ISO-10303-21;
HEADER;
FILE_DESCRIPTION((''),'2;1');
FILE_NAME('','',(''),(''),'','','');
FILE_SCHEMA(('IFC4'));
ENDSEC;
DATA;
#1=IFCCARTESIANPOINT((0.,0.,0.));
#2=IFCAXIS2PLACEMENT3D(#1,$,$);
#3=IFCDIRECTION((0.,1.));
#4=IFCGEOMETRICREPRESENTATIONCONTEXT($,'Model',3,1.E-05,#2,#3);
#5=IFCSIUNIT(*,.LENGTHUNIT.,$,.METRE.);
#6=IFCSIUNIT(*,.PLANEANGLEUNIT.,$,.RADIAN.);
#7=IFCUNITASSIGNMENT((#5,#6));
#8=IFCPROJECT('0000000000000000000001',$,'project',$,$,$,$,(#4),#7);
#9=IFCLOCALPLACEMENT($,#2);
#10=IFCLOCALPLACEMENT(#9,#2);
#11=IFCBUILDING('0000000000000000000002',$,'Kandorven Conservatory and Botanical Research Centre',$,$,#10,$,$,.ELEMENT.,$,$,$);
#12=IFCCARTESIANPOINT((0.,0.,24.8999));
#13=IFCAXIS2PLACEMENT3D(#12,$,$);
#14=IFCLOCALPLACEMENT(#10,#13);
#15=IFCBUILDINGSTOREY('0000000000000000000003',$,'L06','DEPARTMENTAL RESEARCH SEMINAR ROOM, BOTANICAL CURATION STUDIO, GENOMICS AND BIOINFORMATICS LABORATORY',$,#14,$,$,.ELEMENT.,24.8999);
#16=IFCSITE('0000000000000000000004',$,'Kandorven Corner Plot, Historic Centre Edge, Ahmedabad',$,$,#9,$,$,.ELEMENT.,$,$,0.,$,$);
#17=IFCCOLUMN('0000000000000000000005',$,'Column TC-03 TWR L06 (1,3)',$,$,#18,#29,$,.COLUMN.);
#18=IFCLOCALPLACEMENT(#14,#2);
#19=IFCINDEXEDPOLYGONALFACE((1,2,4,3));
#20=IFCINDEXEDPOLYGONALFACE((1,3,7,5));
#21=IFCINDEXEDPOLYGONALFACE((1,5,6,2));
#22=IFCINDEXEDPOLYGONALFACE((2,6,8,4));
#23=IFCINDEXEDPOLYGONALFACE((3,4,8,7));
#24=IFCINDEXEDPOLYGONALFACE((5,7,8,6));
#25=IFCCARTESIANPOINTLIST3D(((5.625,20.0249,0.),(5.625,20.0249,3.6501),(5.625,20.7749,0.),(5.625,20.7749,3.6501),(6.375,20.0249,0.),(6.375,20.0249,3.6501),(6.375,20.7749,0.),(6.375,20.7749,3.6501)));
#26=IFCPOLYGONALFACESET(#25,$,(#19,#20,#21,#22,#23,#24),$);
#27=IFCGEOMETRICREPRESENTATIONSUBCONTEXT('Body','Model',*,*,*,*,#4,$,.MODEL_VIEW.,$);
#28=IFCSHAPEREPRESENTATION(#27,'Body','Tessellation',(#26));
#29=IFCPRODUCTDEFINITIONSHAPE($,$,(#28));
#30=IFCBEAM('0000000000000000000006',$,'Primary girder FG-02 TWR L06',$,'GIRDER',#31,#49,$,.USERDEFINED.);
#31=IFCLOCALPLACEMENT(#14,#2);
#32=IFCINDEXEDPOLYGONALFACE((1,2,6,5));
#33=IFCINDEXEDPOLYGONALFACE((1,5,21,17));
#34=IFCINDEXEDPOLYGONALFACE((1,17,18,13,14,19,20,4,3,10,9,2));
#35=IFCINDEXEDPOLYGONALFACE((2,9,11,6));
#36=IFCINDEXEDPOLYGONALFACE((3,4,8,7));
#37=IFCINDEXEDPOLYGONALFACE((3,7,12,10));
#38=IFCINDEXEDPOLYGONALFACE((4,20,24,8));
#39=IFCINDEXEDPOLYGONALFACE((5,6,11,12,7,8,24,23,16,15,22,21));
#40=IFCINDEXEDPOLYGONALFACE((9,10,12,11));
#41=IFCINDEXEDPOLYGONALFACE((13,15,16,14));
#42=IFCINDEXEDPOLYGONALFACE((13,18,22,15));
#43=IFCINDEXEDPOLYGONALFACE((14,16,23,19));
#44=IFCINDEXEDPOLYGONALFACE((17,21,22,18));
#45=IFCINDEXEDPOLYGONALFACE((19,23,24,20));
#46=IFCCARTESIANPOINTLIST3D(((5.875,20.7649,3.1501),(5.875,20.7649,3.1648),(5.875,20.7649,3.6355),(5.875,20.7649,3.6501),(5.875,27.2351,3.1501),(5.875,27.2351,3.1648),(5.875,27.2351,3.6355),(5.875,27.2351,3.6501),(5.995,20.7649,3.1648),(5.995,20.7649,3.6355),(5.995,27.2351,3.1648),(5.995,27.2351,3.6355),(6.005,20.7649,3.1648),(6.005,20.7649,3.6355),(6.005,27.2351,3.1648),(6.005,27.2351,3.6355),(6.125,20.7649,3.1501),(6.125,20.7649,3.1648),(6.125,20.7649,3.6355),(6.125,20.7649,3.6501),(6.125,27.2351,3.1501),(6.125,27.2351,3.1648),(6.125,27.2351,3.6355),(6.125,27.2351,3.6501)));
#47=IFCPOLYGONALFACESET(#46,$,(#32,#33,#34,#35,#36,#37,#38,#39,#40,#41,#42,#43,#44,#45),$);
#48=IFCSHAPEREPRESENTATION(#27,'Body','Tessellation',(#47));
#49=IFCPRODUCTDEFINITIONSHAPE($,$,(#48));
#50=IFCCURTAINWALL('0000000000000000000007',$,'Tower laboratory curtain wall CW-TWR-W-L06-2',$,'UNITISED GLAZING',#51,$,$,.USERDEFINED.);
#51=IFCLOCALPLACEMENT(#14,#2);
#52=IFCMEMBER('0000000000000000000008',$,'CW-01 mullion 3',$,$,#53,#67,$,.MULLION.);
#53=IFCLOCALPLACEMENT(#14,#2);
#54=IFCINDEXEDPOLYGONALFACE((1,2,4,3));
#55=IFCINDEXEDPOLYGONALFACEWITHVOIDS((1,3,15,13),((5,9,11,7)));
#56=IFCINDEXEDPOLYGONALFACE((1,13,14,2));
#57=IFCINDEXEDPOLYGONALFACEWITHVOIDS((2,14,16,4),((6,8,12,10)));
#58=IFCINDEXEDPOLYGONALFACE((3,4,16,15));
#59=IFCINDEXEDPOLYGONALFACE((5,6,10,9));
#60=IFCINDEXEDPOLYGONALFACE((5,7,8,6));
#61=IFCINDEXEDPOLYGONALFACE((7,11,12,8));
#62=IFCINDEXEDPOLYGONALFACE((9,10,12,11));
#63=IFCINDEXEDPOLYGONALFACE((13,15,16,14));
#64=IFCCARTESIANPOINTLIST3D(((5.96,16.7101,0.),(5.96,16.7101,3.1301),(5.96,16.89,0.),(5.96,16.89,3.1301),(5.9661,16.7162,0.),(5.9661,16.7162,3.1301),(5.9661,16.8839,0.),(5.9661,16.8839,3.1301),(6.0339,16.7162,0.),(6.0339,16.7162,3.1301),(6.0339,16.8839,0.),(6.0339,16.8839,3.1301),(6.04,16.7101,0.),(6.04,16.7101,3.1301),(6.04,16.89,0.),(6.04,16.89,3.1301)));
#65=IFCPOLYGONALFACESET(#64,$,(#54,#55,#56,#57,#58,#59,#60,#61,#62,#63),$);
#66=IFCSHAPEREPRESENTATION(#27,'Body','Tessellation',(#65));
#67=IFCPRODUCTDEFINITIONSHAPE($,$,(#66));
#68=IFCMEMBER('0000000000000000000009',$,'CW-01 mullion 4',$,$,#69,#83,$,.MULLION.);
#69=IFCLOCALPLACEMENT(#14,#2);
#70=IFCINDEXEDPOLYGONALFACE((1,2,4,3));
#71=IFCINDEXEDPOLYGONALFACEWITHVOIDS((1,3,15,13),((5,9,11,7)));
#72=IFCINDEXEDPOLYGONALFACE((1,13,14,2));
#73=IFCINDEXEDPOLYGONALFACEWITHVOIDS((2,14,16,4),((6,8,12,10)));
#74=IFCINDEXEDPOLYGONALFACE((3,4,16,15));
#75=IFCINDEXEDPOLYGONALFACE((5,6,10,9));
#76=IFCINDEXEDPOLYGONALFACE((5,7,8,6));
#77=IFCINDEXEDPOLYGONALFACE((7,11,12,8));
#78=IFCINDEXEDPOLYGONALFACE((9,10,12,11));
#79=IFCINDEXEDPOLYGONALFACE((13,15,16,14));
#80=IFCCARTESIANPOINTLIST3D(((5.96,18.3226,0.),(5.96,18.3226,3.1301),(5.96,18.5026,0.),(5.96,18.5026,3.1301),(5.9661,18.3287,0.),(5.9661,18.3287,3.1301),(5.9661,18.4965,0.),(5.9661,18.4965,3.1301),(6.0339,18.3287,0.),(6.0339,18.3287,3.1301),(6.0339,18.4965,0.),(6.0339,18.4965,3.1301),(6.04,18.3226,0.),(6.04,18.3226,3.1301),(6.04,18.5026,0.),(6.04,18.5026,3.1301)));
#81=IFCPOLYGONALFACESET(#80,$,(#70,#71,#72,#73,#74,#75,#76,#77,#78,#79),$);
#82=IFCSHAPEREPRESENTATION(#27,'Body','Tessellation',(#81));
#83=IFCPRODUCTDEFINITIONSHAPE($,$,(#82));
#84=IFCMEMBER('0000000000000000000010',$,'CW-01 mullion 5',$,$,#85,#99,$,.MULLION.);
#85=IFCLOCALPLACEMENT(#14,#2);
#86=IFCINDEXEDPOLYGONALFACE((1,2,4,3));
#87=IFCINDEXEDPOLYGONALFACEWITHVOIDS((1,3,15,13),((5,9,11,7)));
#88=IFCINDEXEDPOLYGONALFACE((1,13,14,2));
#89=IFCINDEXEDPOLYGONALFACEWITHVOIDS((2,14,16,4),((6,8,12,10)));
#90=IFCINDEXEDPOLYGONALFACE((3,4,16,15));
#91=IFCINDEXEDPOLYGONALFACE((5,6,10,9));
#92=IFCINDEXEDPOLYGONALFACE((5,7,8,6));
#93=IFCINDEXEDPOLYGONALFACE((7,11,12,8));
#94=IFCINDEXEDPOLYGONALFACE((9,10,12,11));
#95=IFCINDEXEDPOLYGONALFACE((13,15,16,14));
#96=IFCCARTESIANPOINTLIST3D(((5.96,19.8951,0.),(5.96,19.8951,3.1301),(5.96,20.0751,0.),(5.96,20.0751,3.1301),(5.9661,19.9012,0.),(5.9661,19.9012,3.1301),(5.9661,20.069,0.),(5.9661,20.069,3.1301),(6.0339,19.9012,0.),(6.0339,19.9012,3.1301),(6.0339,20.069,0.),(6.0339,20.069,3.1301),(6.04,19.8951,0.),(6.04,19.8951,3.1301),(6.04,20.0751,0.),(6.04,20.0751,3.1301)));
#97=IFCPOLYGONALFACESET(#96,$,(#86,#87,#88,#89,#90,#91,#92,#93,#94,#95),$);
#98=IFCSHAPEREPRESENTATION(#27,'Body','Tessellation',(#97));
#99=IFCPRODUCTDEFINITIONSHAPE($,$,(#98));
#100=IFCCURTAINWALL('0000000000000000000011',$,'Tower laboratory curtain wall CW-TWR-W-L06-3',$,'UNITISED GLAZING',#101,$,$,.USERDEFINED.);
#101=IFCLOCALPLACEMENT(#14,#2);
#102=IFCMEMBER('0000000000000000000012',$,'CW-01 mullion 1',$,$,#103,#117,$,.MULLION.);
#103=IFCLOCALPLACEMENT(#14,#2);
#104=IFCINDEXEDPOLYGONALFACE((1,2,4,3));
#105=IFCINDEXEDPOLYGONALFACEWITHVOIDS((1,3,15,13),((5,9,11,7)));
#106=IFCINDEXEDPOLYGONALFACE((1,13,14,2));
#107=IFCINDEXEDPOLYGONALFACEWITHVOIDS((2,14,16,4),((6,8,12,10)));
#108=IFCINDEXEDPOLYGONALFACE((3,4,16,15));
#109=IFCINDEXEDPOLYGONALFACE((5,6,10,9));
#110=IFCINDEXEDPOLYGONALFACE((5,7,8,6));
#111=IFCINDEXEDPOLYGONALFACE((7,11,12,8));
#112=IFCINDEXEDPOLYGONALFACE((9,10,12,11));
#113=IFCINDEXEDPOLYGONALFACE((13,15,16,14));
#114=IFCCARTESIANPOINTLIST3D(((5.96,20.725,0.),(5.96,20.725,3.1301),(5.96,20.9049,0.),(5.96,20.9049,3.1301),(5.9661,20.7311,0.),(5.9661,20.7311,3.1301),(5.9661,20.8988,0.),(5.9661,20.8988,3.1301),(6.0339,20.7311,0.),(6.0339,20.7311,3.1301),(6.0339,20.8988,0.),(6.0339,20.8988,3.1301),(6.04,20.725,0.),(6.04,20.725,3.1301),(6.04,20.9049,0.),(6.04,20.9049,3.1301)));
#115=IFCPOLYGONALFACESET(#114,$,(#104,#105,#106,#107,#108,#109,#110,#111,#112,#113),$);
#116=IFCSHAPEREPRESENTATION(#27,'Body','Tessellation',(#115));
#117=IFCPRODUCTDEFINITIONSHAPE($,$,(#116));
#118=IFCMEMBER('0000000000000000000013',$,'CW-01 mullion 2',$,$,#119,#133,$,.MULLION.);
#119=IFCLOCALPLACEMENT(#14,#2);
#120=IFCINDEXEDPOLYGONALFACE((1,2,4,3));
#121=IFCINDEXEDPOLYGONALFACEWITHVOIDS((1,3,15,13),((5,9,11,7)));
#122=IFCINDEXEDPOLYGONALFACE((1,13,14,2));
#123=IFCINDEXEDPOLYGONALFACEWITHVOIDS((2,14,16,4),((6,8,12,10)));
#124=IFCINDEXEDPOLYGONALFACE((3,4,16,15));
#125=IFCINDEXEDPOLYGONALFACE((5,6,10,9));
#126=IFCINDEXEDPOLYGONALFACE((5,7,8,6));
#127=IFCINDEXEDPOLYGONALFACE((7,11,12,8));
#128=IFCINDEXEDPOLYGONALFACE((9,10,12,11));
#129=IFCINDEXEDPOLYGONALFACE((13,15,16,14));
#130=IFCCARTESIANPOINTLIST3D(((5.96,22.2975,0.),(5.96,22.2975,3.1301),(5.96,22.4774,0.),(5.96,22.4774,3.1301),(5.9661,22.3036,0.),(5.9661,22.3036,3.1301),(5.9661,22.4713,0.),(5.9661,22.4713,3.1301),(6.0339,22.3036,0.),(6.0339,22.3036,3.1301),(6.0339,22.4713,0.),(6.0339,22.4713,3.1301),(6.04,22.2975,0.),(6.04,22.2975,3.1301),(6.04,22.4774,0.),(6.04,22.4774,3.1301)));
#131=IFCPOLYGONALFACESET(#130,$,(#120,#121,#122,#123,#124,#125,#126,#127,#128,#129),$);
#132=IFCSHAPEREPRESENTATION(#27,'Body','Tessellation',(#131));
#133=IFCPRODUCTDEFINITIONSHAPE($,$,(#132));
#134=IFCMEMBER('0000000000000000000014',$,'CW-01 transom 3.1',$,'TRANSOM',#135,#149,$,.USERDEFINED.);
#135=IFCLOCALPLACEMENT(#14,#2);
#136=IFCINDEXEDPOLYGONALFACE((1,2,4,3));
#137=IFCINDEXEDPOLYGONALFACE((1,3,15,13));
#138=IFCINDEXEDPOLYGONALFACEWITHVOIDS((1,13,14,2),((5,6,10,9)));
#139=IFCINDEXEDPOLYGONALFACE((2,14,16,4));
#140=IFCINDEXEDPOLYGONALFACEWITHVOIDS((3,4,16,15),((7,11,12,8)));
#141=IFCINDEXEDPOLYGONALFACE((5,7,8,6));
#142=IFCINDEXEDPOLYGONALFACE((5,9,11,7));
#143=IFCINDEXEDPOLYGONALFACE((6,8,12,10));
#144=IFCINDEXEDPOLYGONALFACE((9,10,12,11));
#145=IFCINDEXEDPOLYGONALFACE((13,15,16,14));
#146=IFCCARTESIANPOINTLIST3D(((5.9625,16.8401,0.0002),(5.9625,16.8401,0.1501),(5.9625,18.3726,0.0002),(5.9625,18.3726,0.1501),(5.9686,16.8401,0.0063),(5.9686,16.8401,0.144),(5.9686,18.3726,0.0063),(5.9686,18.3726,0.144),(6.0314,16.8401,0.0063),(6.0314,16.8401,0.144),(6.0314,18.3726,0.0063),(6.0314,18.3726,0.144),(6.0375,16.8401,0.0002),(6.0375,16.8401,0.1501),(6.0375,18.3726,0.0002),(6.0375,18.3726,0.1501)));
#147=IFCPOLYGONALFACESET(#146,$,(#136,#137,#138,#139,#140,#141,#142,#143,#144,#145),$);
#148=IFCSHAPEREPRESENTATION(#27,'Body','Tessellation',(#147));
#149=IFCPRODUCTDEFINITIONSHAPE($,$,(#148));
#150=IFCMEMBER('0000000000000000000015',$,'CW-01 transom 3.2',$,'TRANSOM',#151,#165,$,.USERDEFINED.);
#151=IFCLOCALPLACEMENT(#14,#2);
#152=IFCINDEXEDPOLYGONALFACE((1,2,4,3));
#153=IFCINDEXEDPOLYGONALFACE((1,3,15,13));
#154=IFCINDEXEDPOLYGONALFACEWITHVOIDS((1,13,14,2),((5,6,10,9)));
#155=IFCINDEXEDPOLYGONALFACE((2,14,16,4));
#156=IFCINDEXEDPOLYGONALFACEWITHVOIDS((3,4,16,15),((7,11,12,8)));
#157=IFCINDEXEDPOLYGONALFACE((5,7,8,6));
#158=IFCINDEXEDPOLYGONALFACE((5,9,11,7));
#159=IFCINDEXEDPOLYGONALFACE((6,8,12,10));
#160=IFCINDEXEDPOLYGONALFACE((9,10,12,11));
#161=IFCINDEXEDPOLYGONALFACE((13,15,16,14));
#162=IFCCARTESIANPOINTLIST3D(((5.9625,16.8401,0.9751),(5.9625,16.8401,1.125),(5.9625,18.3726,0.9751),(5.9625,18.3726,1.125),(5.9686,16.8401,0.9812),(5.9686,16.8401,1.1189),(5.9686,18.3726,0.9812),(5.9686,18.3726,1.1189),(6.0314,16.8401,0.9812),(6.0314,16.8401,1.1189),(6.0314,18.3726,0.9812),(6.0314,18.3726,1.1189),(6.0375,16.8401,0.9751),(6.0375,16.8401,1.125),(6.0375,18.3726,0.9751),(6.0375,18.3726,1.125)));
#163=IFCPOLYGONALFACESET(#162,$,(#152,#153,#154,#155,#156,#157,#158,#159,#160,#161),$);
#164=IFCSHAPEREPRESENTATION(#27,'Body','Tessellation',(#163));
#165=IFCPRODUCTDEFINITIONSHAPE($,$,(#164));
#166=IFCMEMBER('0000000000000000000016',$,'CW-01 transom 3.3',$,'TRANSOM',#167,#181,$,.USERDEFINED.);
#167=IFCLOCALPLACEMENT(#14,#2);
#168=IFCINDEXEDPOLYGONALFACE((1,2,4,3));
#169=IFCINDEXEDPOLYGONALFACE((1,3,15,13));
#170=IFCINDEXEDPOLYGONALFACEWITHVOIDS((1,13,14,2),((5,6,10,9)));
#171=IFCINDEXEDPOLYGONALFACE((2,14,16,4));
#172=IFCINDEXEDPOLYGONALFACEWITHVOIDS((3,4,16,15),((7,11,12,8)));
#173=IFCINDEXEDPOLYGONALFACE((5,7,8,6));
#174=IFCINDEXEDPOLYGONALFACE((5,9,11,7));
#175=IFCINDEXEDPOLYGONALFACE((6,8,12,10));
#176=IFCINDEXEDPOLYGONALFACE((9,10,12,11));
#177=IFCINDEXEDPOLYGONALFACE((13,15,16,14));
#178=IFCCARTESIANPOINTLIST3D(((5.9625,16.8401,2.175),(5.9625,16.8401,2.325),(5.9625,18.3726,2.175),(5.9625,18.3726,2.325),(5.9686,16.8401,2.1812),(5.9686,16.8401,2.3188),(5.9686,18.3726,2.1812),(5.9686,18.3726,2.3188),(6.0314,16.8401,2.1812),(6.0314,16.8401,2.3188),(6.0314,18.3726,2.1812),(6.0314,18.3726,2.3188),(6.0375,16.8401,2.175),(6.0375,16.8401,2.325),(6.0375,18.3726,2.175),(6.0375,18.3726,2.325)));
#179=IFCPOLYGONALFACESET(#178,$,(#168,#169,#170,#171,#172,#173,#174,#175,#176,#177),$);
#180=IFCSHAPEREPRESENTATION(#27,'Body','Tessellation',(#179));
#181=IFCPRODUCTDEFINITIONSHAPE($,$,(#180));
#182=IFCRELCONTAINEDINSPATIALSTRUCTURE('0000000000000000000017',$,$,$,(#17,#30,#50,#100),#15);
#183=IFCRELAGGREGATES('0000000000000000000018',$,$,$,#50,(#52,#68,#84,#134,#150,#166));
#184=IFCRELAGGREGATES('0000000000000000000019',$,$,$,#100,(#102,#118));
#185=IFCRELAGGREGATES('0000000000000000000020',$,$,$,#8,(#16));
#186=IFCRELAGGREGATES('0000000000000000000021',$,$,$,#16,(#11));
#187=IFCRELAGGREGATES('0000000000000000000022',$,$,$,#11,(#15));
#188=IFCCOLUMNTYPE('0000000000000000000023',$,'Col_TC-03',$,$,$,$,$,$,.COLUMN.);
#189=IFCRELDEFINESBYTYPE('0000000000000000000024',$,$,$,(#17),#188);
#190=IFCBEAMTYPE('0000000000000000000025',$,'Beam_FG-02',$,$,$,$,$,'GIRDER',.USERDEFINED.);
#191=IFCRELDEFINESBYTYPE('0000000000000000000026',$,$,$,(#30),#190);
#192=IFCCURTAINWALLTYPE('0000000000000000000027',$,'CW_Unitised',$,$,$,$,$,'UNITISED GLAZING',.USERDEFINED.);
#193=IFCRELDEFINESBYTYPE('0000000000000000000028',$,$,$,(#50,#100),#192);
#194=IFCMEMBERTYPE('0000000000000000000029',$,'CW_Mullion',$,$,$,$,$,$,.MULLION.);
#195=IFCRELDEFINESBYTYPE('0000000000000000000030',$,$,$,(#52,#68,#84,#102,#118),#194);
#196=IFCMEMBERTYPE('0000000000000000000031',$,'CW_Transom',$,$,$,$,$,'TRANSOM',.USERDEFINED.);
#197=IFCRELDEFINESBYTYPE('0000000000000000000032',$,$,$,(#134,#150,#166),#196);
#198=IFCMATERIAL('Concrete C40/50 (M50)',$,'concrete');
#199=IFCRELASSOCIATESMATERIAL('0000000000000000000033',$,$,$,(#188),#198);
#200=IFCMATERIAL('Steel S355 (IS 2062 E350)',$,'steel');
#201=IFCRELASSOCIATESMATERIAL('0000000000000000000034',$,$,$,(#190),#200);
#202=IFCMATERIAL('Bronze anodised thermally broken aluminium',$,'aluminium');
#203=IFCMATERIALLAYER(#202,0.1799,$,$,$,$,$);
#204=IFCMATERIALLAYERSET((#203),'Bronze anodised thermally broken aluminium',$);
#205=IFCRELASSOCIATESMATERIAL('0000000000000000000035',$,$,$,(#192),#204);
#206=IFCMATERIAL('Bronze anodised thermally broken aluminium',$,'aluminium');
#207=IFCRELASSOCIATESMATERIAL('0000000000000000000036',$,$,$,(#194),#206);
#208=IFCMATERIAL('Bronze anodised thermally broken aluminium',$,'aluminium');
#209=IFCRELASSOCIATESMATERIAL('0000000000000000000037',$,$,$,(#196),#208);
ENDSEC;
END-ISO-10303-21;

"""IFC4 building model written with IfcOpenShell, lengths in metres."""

from ifc_helpers import new_model, si_unit, direction, frame, origin, origin_2d, place, context, subcontext, project, spatial, rectangle, hollow_rectangle, i_section, extrude, material, layer, layer_set, material_profile, profile_set, type_object, element, aggregate, save


model = new_model("IFC4")

# Units and contexts
model_context = context("Model", 3, precision=1e-05, world=origin(), true_north=direction((0.0, 1.0)))
body_context = subcontext(model_context, "Body", "Model", "MODEL_VIEW")
ifc_project = project(units=[si_unit("LENGTHUNIT", "METRE"), si_unit("PLANEANGLEUNIT", "RADIAN")], contexts=[model_context])

# Site, building, storey
site_placement = place(None, origin())
site = spatial("IfcSite", under=ifc_project, at=site_placement, Name="Kandorven Corner Plot, Historic Centre Edge, Ahmedabad", CompositionType="ELEMENT", RefElevation=0.0)
building_placement = place(site_placement, origin())
building = spatial("IfcBuilding", under=site, at=building_placement, Name="Kandorven Conservatory and Botanical Research Centre", CompositionType="ELEMENT")
storey_placement = place(building_placement, frame((0.0, 0.0, 24.8999)))
storey = spatial("IfcBuildingStorey", under=building, at=storey_placement, Name="L06", Description="DEPARTMENTAL RESEARCH SEMINAR ROOM, BOTANICAL CURATION STUDIO, GENOMICS AND BIOINFORMATICS LABORATORY", CompositionType="ELEMENT", Elevation=24.8999)

# Column
ifc_material_1 = material(Name="Concrete C40/50 (M50)", Category="concrete")
ifc_material_profile_1 = material_profile(ifc_material_1, rectangle(XDim=0.75, YDim=0.75, at=origin_2d()))
ifc_profile_set_1 = profile_set([ifc_material_profile_1], Name="Concrete C40/50 (M50)")
column_type = type_object("IfcColumnType", Name="Col_TC-03", PredefinedType="COLUMN", material=ifc_profile_set_1)
column_placement = place(storey_placement, frame((6.0, 20.3999, 0.0), z_axis=(0.0, 0.0, 1.0), x_axis=(1.0, 0.0, 0.0)))
element("IfcColumn", 1, at=column_placement, inside=storey, type_object=column_type, Name="Column TC-03 TWR L06 (1,3)", PredefinedType="COLUMN", context=body_context, shape_type="SweptSolid", body=[
    extrude(rectangle(XDim=0.75, YDim=0.75, at=origin_2d()), origin(), (0.0, 0.0, 1.0), 3.6501),
])

# Beam
ifc_material_2 = material(Name="Steel S355 (IS 2062 E350)", Category="steel")
ifc_material_profile_2 = material_profile(ifc_material_2, i_section(OverallWidth=0.25, OverallDepth=0.5, WebThickness=0.01, FlangeThickness=0.0146, at=origin_2d()))
ifc_profile_set_2 = profile_set([ifc_material_profile_2], Name="Steel S355 (IS 2062 E350)")
beam_type = type_object("IfcBeamType", Name="Beam_FG-02", ElementType="GIRDER", PredefinedType="USERDEFINED", material=ifc_profile_set_2)
beam_placement = place(storey_placement, frame((6.0, 20.7649, 3.4001), z_axis=(0.0, 1.0, 0.0), x_axis=(-1.0, 0.0, 0.0)))
element("IfcBeam", 2, at=beam_placement, inside=storey, type_object=beam_type, Name="Primary girder FG-02 TWR L06", ObjectType="GIRDER", PredefinedType="USERDEFINED", context=body_context, shape_type="SweptSolid", body=[
    extrude(i_section(OverallWidth=0.25, OverallDepth=0.5, WebThickness=0.01, FlangeThickness=0.0146, at=origin_2d()), origin(), (0.0, 0.0, 1.0), 6.4702),
])

# Curtain walls, members
ifc_material_3 = material(Name="Bronze anodised thermally broken aluminium", Category="aluminium")
ifc_layer_1 = layer(ifc_material_3, 0.1799)
ifc_layer_set_1 = layer_set([ifc_layer_1], Name="Bronze anodised thermally broken aluminium")
curtain_wall_type = type_object("IfcCurtainWallType", Name="CW_Unitised", ElementType="UNITISED GLAZING", PredefinedType="USERDEFINED", material=ifc_layer_set_1)
curtain_wall_1_placement = place(storey_placement, origin())
curtain_wall_1 = element("IfcCurtainWall", 3, at=curtain_wall_1_placement, inside=storey, type_object=curtain_wall_type, Name="Tower laboratory curtain wall CW-TWR-W-L06-2", ObjectType="UNITISED GLAZING", PredefinedType="USERDEFINED")
ifc_material_4 = material(Name="Bronze anodised thermally broken aluminium", Category="aluminium")
ifc_material_profile_3 = material_profile(ifc_material_4, hollow_rectangle(XDim=0.0801, YDim=0.1799, WallThickness=0.0061, at=origin_2d()))
ifc_profile_set_3 = profile_set([ifc_material_profile_3], Name="Bronze anodised thermally broken aluminium")
member_type_1 = type_object("IfcMemberType", Name="CW_Mullion", PredefinedType="MULLION", material=ifc_profile_set_3)
member_1_placement = place(storey_placement, frame((6.0, 16.8, 0.0), z_axis=(0.0, 0.0, 1.0), x_axis=(-1.0, 0.0, 0.0)))
member_1 = element("IfcMember", 4, at=member_1_placement, type_object=member_type_1, Name="CW-01 mullion 3", PredefinedType="MULLION", context=body_context, shape_type="SweptSolid", body=[
    extrude(hollow_rectangle(XDim=0.0801, YDim=0.1799, WallThickness=0.0061, at=origin_2d()), origin(), (0.0, 0.0, 1.0), 3.1301),
])
member_2_placement = place(storey_placement, frame((6.0, 18.4126, 0.0), z_axis=(0.0, 0.0, 1.0), x_axis=(-1.0, 0.0, 0.0)))
member_2 = element("IfcMember", 5, at=member_2_placement, type_object=member_type_1, Name="CW-01 mullion 4", PredefinedType="MULLION", context=body_context, shape_type="SweptSolid", body=[
    extrude(hollow_rectangle(XDim=0.0801, YDim=0.1799, WallThickness=0.0061, at=origin_2d()), origin(), (0.0, 0.0, 1.0), 3.1301),
])
member_3_placement = place(storey_placement, frame((6.0, 19.9851, 0.0), z_axis=(0.0, 0.0, 1.0), x_axis=(-1.0, 0.0, 0.0)))
member_3 = element("IfcMember", 6, at=member_3_placement, type_object=member_type_1, Name="CW-01 mullion 5", PredefinedType="MULLION", context=body_context, shape_type="SweptSolid", body=[
    extrude(hollow_rectangle(XDim=0.0801, YDim=0.1799, WallThickness=0.0061, at=origin_2d()), origin(), (0.0, 0.0, 1.0), 3.1301),
])
curtain_wall_2_placement = place(storey_placement, origin())
curtain_wall_2 = element("IfcCurtainWall", 7, at=curtain_wall_2_placement, inside=storey, type_object=curtain_wall_type, Name="Tower laboratory curtain wall CW-TWR-W-L06-3", ObjectType="UNITISED GLAZING", PredefinedType="USERDEFINED")
member_4_placement = place(storey_placement, frame((6.0, 20.8149, 0.0), z_axis=(0.0, 0.0, 1.0), x_axis=(-1.0, 0.0, 0.0)))
member_4 = element("IfcMember", 8, at=member_4_placement, type_object=member_type_1, Name="CW-01 mullion 1", PredefinedType="MULLION", context=body_context, shape_type="SweptSolid", body=[
    extrude(hollow_rectangle(XDim=0.0801, YDim=0.1799, WallThickness=0.0061, at=origin_2d()), origin(), (0.0, 0.0, 1.0), 3.1301),
])
member_5_placement = place(storey_placement, frame((6.0, 22.3875, 0.0), z_axis=(0.0, 0.0, 1.0), x_axis=(-1.0, 0.0, 0.0)))
member_5 = element("IfcMember", 9, at=member_5_placement, type_object=member_type_1, Name="CW-01 mullion 2", PredefinedType="MULLION", context=body_context, shape_type="SweptSolid", body=[
    extrude(hollow_rectangle(XDim=0.0801, YDim=0.1799, WallThickness=0.0061, at=origin_2d()), origin(), (0.0, 0.0, 1.0), 3.1301),
])

# Members
ifc_material_5 = material(Name="Bronze anodised thermally broken aluminium", Category="aluminium")
ifc_material_profile_4 = material_profile(ifc_material_5, hollow_rectangle(XDim=0.075, YDim=0.1499, WallThickness=0.0061, at=origin_2d()))
ifc_profile_set_4 = profile_set([ifc_material_profile_4], Name="Bronze anodised thermally broken aluminium")
member_type_2 = type_object("IfcMemberType", Name="CW_Transom", ElementType="TRANSOM", PredefinedType="USERDEFINED", material=ifc_profile_set_4)
member_6_placement = place(storey_placement, frame((6.0, 16.8401, 0.0752), z_axis=(0.0, 1.0, 0.0), x_axis=(-1.0, 0.0, 0.0)))
member_6 = element("IfcMember", 10, at=member_6_placement, type_object=member_type_2, Name="CW-01 transom 3.1", ObjectType="TRANSOM", PredefinedType="USERDEFINED", context=body_context, shape_type="SweptSolid", body=[
    extrude(hollow_rectangle(XDim=0.075, YDim=0.1499, WallThickness=0.0061, at=origin_2d()), origin(), (0.0, 0.0, 1.0), 1.5325),
])
member_7_placement = place(storey_placement, frame((6.0, 16.8401, 1.05), z_axis=(0.0, 1.0, 0.0), x_axis=(-1.0, 0.0, 0.0)))
member_7 = element("IfcMember", 11, at=member_7_placement, type_object=member_type_2, Name="CW-01 transom 3.2", ObjectType="TRANSOM", PredefinedType="USERDEFINED", context=body_context, shape_type="SweptSolid", body=[
    extrude(hollow_rectangle(XDim=0.075, YDim=0.1499, WallThickness=0.0061, at=origin_2d()), origin(), (0.0, 0.0, 1.0), 1.5325),
])
member_8_placement = place(storey_placement, frame((6.0, 16.8401, 2.25), z_axis=(0.0, 1.0, 0.0), x_axis=(-1.0, 0.0, 0.0)))
member_8 = element("IfcMember", 12, at=member_8_placement, type_object=member_type_2, Name="CW-01 transom 3.3", ObjectType="TRANSOM", PredefinedType="USERDEFINED", context=body_context, shape_type="SweptSolid", body=[
    extrude(hollow_rectangle(XDim=0.075, YDim=0.1499, WallThickness=0.0061, at=origin_2d()), origin(), (0.0, 0.0, 1.0), 1.5325),
])

aggregate(curtain_wall_1, [member_1, member_2, member_3, member_6, member_7, member_8])
aggregate(curtain_wall_2, [member_4, member_5])

save(model, "model.ifc")
